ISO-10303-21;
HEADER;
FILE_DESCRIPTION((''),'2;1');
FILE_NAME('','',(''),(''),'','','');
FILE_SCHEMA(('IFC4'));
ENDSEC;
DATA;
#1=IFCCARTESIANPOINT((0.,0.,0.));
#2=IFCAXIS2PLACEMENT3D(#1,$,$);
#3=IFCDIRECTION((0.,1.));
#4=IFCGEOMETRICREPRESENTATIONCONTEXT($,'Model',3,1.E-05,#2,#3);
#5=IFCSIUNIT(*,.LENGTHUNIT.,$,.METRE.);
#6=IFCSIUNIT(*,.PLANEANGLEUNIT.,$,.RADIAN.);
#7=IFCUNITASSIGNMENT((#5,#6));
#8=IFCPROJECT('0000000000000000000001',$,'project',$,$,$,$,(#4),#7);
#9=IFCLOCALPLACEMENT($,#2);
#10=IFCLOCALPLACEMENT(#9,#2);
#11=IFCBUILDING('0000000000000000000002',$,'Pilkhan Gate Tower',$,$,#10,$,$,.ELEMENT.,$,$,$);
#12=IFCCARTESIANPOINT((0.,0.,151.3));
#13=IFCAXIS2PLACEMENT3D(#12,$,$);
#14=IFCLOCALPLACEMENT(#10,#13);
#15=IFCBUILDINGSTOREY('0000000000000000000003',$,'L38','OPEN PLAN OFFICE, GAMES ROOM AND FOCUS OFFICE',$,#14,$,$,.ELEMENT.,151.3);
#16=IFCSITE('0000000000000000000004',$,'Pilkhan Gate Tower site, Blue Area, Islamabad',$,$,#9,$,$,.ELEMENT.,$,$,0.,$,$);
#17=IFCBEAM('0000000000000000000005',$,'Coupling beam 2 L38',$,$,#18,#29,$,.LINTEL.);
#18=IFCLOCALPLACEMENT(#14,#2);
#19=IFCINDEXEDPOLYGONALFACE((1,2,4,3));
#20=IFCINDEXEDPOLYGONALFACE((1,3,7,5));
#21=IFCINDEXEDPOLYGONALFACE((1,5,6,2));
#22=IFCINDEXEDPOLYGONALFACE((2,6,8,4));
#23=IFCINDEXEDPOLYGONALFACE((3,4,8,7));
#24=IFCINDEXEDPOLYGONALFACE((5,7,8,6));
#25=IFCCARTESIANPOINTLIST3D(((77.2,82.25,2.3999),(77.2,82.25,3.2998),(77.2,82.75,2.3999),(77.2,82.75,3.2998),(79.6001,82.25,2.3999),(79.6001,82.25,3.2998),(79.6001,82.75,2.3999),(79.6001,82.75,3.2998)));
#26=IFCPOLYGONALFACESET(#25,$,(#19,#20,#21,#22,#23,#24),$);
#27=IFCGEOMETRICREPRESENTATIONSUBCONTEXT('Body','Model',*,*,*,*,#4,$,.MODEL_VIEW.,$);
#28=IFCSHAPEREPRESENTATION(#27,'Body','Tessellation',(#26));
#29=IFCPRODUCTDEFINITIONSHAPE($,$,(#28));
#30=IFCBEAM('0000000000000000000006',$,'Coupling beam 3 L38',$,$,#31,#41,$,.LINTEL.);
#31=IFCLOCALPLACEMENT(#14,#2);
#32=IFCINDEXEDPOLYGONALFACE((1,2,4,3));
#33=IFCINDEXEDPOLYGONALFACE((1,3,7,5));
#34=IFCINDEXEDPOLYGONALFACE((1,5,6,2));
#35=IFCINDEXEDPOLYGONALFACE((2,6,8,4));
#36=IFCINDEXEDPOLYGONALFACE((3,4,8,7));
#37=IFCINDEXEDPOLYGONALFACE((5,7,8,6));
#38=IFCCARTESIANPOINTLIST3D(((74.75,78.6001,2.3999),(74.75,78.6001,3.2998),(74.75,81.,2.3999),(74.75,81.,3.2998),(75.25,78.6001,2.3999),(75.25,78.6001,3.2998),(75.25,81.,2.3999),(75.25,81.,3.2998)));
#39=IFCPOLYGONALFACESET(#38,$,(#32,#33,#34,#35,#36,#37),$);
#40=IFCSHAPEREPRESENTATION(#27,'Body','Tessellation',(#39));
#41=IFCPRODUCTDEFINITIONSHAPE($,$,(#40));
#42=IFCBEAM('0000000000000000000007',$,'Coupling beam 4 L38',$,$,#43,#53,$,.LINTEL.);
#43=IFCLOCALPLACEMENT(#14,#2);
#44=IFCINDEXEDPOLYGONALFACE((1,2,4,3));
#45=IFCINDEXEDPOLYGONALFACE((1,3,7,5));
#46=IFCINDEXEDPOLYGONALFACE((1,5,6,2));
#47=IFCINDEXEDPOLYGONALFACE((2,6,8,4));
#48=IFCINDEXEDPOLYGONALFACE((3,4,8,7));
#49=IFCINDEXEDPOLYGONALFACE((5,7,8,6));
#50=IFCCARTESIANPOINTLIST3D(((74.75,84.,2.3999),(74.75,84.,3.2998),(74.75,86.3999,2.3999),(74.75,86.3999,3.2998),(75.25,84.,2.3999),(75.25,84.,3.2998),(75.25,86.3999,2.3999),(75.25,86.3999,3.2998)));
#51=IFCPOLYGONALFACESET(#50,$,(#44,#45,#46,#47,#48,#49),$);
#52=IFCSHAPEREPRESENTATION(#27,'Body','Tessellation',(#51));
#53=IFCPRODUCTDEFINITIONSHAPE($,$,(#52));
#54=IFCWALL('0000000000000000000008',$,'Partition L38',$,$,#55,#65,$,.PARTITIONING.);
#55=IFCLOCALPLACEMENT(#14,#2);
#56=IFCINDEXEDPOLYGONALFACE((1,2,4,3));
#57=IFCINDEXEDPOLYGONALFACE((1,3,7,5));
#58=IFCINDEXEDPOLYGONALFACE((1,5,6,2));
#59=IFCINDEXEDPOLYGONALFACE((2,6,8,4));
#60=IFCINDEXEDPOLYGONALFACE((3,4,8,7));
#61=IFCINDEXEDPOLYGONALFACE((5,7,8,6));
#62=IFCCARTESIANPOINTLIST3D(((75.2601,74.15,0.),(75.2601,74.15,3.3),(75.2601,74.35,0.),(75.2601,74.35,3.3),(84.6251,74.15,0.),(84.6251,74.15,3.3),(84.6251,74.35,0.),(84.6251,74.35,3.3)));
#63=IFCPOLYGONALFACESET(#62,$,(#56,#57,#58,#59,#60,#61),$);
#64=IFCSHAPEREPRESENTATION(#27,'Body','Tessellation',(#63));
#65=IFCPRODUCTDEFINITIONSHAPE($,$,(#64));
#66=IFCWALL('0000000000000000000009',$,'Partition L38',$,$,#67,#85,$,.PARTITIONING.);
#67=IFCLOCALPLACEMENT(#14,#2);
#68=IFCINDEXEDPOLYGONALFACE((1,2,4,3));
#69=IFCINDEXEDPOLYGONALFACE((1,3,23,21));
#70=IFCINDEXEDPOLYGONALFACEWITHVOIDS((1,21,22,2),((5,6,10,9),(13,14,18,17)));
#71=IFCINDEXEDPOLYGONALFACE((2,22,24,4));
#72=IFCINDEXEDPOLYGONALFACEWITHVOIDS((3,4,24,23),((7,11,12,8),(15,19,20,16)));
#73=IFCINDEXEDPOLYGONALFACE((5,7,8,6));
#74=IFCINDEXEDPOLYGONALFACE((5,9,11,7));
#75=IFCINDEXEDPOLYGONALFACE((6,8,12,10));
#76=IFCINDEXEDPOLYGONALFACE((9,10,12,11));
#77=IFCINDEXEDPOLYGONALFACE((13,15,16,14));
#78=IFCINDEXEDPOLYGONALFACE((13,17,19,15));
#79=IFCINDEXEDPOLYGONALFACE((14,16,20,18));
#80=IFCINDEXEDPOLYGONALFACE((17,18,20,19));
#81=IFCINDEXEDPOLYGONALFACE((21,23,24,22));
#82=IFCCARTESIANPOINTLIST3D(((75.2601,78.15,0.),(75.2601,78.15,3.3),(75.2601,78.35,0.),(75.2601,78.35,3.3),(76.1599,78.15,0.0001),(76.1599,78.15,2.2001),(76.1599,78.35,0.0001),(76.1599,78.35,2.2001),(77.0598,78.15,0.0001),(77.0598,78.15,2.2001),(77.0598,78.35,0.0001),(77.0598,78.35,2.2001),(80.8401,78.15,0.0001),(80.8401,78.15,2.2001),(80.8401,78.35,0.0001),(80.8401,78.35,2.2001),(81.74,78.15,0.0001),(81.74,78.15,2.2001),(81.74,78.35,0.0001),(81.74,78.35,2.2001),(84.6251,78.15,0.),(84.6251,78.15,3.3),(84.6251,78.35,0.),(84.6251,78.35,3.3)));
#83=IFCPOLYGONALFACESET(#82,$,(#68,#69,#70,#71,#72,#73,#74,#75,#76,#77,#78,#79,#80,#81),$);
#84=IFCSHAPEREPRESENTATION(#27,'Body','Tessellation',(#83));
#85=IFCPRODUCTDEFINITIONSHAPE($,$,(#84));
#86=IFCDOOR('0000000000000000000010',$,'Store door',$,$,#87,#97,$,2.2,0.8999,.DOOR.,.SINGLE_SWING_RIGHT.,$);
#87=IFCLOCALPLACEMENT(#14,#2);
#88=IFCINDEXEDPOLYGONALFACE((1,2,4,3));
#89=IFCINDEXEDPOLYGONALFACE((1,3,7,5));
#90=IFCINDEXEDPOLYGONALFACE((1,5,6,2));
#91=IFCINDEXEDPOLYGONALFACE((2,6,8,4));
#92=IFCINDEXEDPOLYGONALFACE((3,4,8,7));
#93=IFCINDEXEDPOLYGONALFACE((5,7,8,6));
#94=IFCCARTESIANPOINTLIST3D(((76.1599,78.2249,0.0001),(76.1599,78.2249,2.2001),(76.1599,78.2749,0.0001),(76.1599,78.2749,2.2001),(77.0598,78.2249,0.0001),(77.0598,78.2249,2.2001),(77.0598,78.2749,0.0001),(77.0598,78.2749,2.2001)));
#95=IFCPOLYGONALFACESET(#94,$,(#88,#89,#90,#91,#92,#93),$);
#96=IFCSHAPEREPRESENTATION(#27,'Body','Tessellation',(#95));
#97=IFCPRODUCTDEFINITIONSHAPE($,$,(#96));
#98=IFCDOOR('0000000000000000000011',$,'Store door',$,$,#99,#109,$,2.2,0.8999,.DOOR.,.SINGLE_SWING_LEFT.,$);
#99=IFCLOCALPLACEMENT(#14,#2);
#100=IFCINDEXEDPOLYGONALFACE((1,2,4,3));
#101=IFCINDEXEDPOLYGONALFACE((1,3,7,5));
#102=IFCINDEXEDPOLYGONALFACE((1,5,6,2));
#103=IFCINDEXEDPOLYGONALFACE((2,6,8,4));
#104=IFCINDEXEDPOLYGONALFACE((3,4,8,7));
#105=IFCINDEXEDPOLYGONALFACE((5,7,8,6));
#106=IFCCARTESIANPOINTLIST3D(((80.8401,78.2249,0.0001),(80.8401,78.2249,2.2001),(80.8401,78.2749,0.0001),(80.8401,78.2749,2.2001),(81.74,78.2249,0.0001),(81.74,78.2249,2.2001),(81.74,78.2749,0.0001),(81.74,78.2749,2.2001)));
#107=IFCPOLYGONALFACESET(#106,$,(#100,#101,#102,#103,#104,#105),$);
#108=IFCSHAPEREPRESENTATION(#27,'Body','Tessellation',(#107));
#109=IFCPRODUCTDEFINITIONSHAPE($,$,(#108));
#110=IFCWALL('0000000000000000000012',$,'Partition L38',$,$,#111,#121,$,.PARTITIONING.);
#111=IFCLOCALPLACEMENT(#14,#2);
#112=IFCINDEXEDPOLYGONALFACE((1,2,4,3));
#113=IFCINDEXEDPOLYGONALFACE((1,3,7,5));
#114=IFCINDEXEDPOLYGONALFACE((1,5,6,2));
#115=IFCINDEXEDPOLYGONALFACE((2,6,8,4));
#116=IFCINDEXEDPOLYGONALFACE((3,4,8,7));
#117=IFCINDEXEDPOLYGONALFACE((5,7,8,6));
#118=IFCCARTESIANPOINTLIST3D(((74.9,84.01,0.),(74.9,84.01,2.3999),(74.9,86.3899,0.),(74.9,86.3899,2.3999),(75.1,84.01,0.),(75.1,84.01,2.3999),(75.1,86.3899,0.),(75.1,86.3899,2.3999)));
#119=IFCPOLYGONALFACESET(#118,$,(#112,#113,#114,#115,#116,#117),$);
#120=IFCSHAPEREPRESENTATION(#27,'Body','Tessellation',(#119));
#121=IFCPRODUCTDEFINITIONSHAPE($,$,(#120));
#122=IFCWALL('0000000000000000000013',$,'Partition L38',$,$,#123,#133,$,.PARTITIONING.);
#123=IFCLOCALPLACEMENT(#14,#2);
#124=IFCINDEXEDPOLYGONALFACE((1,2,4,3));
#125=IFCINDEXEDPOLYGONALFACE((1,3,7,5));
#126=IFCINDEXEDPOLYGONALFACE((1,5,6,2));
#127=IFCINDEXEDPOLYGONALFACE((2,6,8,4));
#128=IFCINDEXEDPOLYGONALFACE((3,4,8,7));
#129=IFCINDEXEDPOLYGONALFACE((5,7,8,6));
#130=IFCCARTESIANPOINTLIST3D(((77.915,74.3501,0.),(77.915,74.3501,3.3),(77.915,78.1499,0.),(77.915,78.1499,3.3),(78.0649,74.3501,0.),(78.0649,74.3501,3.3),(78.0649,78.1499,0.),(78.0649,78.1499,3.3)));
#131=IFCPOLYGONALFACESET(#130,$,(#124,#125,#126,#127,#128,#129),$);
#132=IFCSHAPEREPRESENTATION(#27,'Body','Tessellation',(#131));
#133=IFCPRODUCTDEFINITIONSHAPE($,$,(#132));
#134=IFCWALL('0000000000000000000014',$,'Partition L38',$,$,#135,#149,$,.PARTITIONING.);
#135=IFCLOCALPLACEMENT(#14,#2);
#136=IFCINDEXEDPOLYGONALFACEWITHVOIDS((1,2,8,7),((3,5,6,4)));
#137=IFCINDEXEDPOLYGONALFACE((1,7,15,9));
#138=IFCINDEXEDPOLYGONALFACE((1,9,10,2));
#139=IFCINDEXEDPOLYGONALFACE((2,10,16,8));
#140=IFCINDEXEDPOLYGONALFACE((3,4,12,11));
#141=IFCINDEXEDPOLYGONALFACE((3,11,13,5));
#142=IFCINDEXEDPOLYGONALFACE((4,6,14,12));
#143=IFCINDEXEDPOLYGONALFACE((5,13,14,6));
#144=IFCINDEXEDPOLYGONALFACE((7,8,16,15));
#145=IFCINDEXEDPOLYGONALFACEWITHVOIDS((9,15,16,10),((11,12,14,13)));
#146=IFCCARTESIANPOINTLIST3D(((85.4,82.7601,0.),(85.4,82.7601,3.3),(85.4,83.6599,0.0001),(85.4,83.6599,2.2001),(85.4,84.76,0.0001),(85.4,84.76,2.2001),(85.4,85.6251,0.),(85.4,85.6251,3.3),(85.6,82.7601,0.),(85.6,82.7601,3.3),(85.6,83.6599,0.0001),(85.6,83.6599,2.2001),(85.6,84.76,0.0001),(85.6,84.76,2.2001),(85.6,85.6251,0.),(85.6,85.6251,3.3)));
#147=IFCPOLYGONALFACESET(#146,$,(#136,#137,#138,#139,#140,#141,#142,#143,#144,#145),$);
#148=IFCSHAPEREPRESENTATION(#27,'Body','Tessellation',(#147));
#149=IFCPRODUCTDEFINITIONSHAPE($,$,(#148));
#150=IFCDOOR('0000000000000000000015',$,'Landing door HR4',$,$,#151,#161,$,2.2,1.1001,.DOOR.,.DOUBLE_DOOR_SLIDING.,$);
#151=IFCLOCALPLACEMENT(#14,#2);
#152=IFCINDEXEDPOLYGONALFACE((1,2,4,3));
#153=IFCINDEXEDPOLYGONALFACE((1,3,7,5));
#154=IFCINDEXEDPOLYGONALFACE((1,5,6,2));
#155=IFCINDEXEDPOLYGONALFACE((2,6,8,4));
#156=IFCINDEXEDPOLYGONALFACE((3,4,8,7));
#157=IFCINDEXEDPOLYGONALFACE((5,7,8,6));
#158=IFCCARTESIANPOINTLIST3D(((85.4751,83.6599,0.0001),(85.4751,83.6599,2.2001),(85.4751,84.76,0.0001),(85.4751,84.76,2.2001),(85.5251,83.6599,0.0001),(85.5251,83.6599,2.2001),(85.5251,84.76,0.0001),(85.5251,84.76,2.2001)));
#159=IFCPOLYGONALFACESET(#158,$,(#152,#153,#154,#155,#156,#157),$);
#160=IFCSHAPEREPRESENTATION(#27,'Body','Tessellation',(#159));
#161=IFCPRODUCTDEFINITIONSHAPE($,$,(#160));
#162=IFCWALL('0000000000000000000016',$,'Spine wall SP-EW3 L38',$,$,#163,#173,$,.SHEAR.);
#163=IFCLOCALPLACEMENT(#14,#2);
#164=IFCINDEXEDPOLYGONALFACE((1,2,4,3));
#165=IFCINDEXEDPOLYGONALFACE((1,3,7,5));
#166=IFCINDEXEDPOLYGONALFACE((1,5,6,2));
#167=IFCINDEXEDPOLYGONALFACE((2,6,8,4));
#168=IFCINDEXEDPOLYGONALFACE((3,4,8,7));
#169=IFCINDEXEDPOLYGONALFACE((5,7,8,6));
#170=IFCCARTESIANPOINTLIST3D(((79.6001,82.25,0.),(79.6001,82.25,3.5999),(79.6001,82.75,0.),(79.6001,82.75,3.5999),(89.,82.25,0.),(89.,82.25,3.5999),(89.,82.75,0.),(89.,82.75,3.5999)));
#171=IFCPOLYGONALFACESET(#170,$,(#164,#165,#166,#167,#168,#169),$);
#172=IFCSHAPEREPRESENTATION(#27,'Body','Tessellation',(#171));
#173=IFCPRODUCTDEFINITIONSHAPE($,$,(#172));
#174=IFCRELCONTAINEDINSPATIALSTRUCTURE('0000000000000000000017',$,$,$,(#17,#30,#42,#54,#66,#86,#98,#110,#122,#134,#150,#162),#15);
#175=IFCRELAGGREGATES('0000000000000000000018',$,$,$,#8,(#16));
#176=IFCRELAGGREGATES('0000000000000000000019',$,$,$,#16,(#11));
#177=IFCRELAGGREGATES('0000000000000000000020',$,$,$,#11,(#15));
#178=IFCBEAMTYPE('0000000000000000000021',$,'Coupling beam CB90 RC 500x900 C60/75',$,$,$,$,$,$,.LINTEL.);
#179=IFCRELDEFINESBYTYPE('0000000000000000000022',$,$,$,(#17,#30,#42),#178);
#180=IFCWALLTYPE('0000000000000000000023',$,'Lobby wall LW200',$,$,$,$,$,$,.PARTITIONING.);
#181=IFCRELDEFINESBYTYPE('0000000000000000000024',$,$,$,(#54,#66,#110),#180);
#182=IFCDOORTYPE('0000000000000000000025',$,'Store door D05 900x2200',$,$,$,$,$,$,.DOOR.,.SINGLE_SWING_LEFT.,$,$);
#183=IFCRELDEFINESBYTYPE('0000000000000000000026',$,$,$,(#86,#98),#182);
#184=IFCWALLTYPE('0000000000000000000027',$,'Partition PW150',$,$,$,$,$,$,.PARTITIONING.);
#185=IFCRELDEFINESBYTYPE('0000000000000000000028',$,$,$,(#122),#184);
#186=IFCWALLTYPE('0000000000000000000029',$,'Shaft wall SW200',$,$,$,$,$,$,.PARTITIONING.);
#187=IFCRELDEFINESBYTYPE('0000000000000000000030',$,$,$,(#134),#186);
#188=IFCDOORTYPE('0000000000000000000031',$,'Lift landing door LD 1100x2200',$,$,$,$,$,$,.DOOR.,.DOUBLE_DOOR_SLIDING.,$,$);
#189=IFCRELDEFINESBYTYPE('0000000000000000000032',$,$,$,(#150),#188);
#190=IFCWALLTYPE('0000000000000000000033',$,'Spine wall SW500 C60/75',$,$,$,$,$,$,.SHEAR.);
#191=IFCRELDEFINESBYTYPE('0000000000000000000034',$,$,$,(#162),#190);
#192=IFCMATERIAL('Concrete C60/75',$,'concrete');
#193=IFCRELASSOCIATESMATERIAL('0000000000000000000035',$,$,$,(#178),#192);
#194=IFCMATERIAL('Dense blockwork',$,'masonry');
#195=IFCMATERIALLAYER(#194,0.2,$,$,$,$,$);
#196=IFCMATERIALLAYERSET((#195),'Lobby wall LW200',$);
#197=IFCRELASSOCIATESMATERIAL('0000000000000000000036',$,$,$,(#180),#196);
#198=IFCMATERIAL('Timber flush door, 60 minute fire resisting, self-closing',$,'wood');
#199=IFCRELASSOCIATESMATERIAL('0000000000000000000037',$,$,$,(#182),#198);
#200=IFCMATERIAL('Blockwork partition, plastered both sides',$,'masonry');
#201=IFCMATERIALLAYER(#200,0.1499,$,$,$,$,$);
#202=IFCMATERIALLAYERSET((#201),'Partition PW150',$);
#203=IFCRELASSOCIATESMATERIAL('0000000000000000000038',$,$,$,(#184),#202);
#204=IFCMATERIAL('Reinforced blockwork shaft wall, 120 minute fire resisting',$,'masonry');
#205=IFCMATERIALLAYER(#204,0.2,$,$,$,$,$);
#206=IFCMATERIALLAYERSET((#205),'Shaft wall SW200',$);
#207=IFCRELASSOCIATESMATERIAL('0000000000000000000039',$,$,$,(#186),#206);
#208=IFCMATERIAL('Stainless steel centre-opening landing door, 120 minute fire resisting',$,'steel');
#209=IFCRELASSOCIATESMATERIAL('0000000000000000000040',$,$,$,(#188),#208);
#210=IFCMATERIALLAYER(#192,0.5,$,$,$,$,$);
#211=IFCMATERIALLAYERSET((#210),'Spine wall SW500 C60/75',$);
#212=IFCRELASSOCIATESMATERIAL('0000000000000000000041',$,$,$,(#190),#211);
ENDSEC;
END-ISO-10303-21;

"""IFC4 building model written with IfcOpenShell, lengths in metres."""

from ifc_helpers import new_model, si_unit, direction, frame, frame_2d, origin, origin_2d, place, context, subcontext, project, spatial, rectangle, extrude, material, layer, layer_set, material_profile, profile_set, type_object, element, fill, save


model = new_model("IFC4")

# Units and contexts
model_context = context("Model", 3, precision=1e-05, world=origin(), true_north=direction((0.0, 1.0)))
body_context = subcontext(model_context, "Body", "Model", "MODEL_VIEW")
ifc_project = project(units=[si_unit("LENGTHUNIT", "METRE"), si_unit("PLANEANGLEUNIT", "RADIAN")], contexts=[model_context])

# Site, building, storey
site_placement = place(None, origin())
site = spatial("IfcSite", under=ifc_project, at=site_placement, Name="Pilkhan Gate Tower site, Blue Area, Islamabad", CompositionType="ELEMENT", RefElevation=0.0)
building_placement = place(site_placement, origin())
building = spatial("IfcBuilding", under=site, at=building_placement, Name="Pilkhan Gate Tower", CompositionType="ELEMENT")
storey_placement = place(building_placement, frame((0.0, 0.0, 151.3)))
storey = spatial("IfcBuildingStorey", under=building, at=storey_placement, Name="L38", Description="OPEN PLAN OFFICE, GAMES ROOM AND FOCUS OFFICE", CompositionType="ELEMENT", Elevation=151.3)

# Beams
ifc_material_1 = material(Name="Concrete C60/75", Category="concrete")
ifc_material_profile = material_profile(ifc_material_1, rectangle(XDim=0.5, YDim=0.8999, at=origin_2d()), Name="RC 500x900")
ifc_profile_set = profile_set([ifc_material_profile], Name="Concrete C60/75")
beam_type = type_object("IfcBeamType", Name="Coupling beam CB90 RC 500x900 C60/75", PredefinedType="LINTEL", material=ifc_profile_set)
beam_placement = place(storey_placement, frame((77.2, 82.5, 2.8499), z_axis=(1.0, 0.0, 0.0), x_axis=(0.0, 1.0, 0.0)))
element("IfcBeam", 1, at=beam_placement, inside=storey, type_object=beam_type, Name="Coupling beam 2 L38", PredefinedType="LINTEL", context=body_context, shape_type="SweptSolid", body=[
    extrude(rectangle(XDim=0.5, YDim=0.8999, at=origin_2d()), origin(), (0.0, 0.0, 1.0), 2.4001),
])
for number, where, z_axis, x_axis, name in (
    (2, (75.0, 78.6001, 2.8499), (0.0, 1.0, 0.0), (-1.0, 0.0, 0.0), "Coupling beam 3 L38"),
    (3, (75.0, 84.0, 2.8499), (0.0, 1.0, 0.0), (-1.0, 0.0, 0.0), "Coupling beam 4 L38"),
):
    element("IfcBeam", number, at=place(storey_placement, frame(where, z_axis=z_axis, x_axis=x_axis)), inside=storey, type_object=beam_type, Name=name, PredefinedType="LINTEL", context=body_context, shape_type="SweptSolid", body=[
        extrude(rectangle(XDim=0.5, YDim=0.8999, at=origin_2d()), origin(), (0.0, 0.0, 1.0), 2.3999),
    ])

# Wall
ifc_material_2 = material(Name="Dense blockwork", Category="masonry")
ifc_layer_1 = layer(ifc_material_2, 0.2)
ifc_layer_set_1 = layer_set([ifc_layer_1], Name="Lobby wall LW200")
wall_type_1 = type_object("IfcWallType", Name="Lobby wall LW200", PredefinedType="PARTITIONING", material=ifc_layer_set_1)
wall_1_placement = place(storey_placement, frame((75.26, 74.25, 0.0), z_axis=(0.0, 0.0, 1.0), x_axis=(1.0, 0.0, 0.0)))
element("IfcWall", 4, at=wall_1_placement, inside=storey, type_object=wall_type_1, Name="Partition L38", PredefinedType="PARTITIONING", context=body_context, shape_type="SweptSolid", body=[
    extrude(rectangle(XDim=9.365, YDim=0.2, at=frame_2d((4.6826, 0.0))), origin(), (0.0, 0.0, 1.0), 3.3),
])

# Wall, openings, doors
wall_2_placement = place(storey_placement, frame((75.26, 78.25, 0.0), z_axis=(0.0, 0.0, 1.0), x_axis=(1.0, 0.0, 0.0)))
wall_2 = element("IfcWall", 5, at=wall_2_placement, inside=storey, type_object=wall_type_1, Name="Partition L38", PredefinedType="PARTITIONING", context=body_context, shape_type="SweptSolid", body=[
    extrude(rectangle(XDim=9.365, YDim=0.2, at=frame_2d((4.6826, 0.0))), origin(), (0.0, 0.0, 1.0), 3.3),
])
opening_1_placement = place(wall_2_placement, frame((0.8999, 0.0, 0.0)))
opening_1 = element("IfcOpeningElement", 6, at=opening_1_placement, cuts=wall_2, PredefinedType="OPENING", context=body_context, shape_type="SweptSolid", body=[
    extrude(rectangle(XDim=0.8999, YDim=2.2, at=frame_2d((0.45, 1.1001))), frame((0.0, 0.1099, 0.0), z_axis=(0.0, -1.0, 0.0), x_axis=(1.0, 0.0, 0.0)), (0.0, 0.0, 1.0), 0.22),
])
opening_2_placement = place(wall_2_placement, frame((5.5801, 0.0, 0.0)))
opening_2 = element("IfcOpeningElement", 7, at=opening_2_placement, cuts=wall_2, PredefinedType="OPENING", context=body_context, shape_type="SweptSolid", body=[
    extrude(rectangle(XDim=0.8999, YDim=2.2, at=frame_2d((0.45, 1.1001))), frame((0.0, 0.1099, 0.0), z_axis=(0.0, -1.0, 0.0), x_axis=(1.0, 0.0, 0.0)), (0.0, 0.0, 1.0), 0.22),
])
ifc_material_3 = material(Name="Timber flush door, 60 minute fire resisting, self-closing", Category="wood")
door_type_1 = type_object("IfcDoorType", Name="Store door D05 900x2200", OperationType="SINGLE_SWING_LEFT", PredefinedType="DOOR", material=ifc_material_3)
door_1_placement = place(opening_1_placement, origin())
door_1 = element("IfcDoor", 8, at=door_1_placement, inside=storey, type_object=door_type_1, Name="Store door", OperationType="SINGLE_SWING_RIGHT", OverallHeight=2.2, OverallWidth=0.8999, PredefinedType="DOOR", context=body_context, shape_type="SweptSolid", body=[
    extrude(rectangle(XDim=0.8999, YDim=2.2, at=frame_2d((0.45, 1.1001))), frame((0.0, 0.0249, 0.0), z_axis=(0.0, -1.0, 0.0), x_axis=(1.0, 0.0, 0.0)), (0.0, 0.0, 1.0), 0.05),
])
fill(opening_1, door_1)
door_2_placement = place(opening_2_placement, origin())
door_2 = element("IfcDoor", 9, at=door_2_placement, inside=storey, type_object=door_type_1, Name="Store door", OperationType="SINGLE_SWING_LEFT", OverallHeight=2.2, OverallWidth=0.8999, PredefinedType="DOOR", context=body_context, shape_type="SweptSolid", body=[
    extrude(rectangle(XDim=0.8999, YDim=2.2, at=frame_2d((0.45, 1.1001))), frame((0.0, 0.0249, 0.0), z_axis=(0.0, -1.0, 0.0), x_axis=(1.0, 0.0, 0.0)), (0.0, 0.0, 1.0), 0.05),
])
fill(opening_2, door_2)

# Walls
wall_3_placement = place(storey_placement, frame((75.0, 84.01, 0.0), z_axis=(0.0, 0.0, 1.0), x_axis=(0.0, 1.0, 0.0)))
element("IfcWall", 10, at=wall_3_placement, inside=storey, type_object=wall_type_1, Name="Partition L38", PredefinedType="PARTITIONING", context=body_context, shape_type="SweptSolid", body=[
    extrude(rectangle(XDim=2.3799, YDim=0.2, at=frame_2d((1.1899, 0.0))), origin(), (0.0, 0.0, 1.0), 2.3999),
])
ifc_material_4 = material(Name="Blockwork partition, plastered both sides", Category="masonry")
ifc_layer_2 = layer(ifc_material_4, 0.1499)
ifc_layer_set_2 = layer_set([ifc_layer_2], Name="Partition PW150")
wall_type_2 = type_object("IfcWallType", Name="Partition PW150", PredefinedType="PARTITIONING", material=ifc_layer_set_2)
wall_4_placement = place(storey_placement, frame((77.99, 74.3501, 0.0), z_axis=(0.0, 0.0, 1.0), x_axis=(0.0, 1.0, 0.0)))
element("IfcWall", 11, at=wall_4_placement, inside=storey, type_object=wall_type_2, Name="Partition L38", PredefinedType="PARTITIONING", context=body_context, shape_type="SweptSolid", body=[
    extrude(rectangle(XDim=3.7998, YDim=0.1499, at=frame_2d((1.8999, 0.0))), origin(), (0.0, 0.0, 1.0), 3.3),
])

# Wall, opening, door
ifc_material_5 = material(Name="Reinforced blockwork shaft wall, 120 minute fire resisting", Category="masonry")
ifc_layer_3 = layer(ifc_material_5, 0.2)
ifc_layer_set_3 = layer_set([ifc_layer_3], Name="Shaft wall SW200")
wall_type_3 = type_object("IfcWallType", Name="Shaft wall SW200", PredefinedType="PARTITIONING", material=ifc_layer_set_3)
wall_5_placement = place(storey_placement, frame((85.5, 82.76, 0.0), z_axis=(0.0, 0.0, 1.0), x_axis=(0.0, 1.0, 0.0)))
wall_5 = element("IfcWall", 12, at=wall_5_placement, inside=storey, type_object=wall_type_3, Name="Partition L38", PredefinedType="PARTITIONING", context=body_context, shape_type="SweptSolid", body=[
    extrude(rectangle(XDim=2.865, YDim=0.2, at=frame_2d((1.4326, 0.0))), origin(), (0.0, 0.0, 1.0), 3.3),
])
opening_3_placement = place(wall_5_placement, frame((0.8999, 0.0, 0.0)))
opening_3 = element("IfcOpeningElement", 13, at=opening_3_placement, cuts=wall_5, PredefinedType="OPENING", context=body_context, shape_type="SweptSolid", body=[
    extrude(rectangle(XDim=1.1001, YDim=2.2, at=frame_2d((0.55, 1.1001))), frame((0.0, 0.1099, 0.0), z_axis=(0.0, -1.0, 0.0), x_axis=(1.0, 0.0, 0.0)), (0.0, 0.0, 1.0), 0.22),
])
ifc_material_6 = material(Name="Stainless steel centre-opening landing door, 120 minute fire resisting", Category="steel")
door_type_2 = type_object("IfcDoorType", Name="Lift landing door LD 1100x2200", OperationType="DOUBLE_DOOR_SLIDING", PredefinedType="DOOR", material=ifc_material_6)
door_3_placement = place(opening_3_placement, origin())
door_3 = element("IfcDoor", 14, at=door_3_placement, inside=storey, type_object=door_type_2, Name="Landing door HR4", OperationType="DOUBLE_DOOR_SLIDING", OverallHeight=2.2, OverallWidth=1.1001, PredefinedType="DOOR", context=body_context, shape_type="SweptSolid", body=[
    extrude(rectangle(XDim=1.1001, YDim=2.2, at=frame_2d((0.55, 1.1001))), frame((0.0, 0.0249, 0.0), z_axis=(0.0, -1.0, 0.0), x_axis=(1.0, 0.0, 0.0)), (0.0, 0.0, 1.0), 0.05),
])
fill(opening_3, door_3)

# Wall
ifc_layer_4 = layer(ifc_material_1, 0.5)
ifc_layer_set_4 = layer_set([ifc_layer_4], Name="Spine wall SW500 C60/75")
wall_type_4 = type_object("IfcWallType", Name="Spine wall SW500 C60/75", PredefinedType="SHEAR", material=ifc_layer_set_4)
wall_6_placement = place(storey_placement, frame((79.6001, 82.5, 0.0), z_axis=(0.0, 0.0, 1.0), x_axis=(1.0, 0.0, 0.0)))
element("IfcWall", 15, at=wall_6_placement, inside=storey, type_object=wall_type_4, Name="Spine wall SP-EW3 L38", PredefinedType="SHEAR", context=body_context, shape_type="SweptSolid", body=[
    extrude(rectangle(XDim=9.3999, YDim=0.5, at=frame_2d((4.7, 0.0))), origin(), (0.0, 0.0, 1.0), 3.5999),
])

save(model, "model.ifc")
